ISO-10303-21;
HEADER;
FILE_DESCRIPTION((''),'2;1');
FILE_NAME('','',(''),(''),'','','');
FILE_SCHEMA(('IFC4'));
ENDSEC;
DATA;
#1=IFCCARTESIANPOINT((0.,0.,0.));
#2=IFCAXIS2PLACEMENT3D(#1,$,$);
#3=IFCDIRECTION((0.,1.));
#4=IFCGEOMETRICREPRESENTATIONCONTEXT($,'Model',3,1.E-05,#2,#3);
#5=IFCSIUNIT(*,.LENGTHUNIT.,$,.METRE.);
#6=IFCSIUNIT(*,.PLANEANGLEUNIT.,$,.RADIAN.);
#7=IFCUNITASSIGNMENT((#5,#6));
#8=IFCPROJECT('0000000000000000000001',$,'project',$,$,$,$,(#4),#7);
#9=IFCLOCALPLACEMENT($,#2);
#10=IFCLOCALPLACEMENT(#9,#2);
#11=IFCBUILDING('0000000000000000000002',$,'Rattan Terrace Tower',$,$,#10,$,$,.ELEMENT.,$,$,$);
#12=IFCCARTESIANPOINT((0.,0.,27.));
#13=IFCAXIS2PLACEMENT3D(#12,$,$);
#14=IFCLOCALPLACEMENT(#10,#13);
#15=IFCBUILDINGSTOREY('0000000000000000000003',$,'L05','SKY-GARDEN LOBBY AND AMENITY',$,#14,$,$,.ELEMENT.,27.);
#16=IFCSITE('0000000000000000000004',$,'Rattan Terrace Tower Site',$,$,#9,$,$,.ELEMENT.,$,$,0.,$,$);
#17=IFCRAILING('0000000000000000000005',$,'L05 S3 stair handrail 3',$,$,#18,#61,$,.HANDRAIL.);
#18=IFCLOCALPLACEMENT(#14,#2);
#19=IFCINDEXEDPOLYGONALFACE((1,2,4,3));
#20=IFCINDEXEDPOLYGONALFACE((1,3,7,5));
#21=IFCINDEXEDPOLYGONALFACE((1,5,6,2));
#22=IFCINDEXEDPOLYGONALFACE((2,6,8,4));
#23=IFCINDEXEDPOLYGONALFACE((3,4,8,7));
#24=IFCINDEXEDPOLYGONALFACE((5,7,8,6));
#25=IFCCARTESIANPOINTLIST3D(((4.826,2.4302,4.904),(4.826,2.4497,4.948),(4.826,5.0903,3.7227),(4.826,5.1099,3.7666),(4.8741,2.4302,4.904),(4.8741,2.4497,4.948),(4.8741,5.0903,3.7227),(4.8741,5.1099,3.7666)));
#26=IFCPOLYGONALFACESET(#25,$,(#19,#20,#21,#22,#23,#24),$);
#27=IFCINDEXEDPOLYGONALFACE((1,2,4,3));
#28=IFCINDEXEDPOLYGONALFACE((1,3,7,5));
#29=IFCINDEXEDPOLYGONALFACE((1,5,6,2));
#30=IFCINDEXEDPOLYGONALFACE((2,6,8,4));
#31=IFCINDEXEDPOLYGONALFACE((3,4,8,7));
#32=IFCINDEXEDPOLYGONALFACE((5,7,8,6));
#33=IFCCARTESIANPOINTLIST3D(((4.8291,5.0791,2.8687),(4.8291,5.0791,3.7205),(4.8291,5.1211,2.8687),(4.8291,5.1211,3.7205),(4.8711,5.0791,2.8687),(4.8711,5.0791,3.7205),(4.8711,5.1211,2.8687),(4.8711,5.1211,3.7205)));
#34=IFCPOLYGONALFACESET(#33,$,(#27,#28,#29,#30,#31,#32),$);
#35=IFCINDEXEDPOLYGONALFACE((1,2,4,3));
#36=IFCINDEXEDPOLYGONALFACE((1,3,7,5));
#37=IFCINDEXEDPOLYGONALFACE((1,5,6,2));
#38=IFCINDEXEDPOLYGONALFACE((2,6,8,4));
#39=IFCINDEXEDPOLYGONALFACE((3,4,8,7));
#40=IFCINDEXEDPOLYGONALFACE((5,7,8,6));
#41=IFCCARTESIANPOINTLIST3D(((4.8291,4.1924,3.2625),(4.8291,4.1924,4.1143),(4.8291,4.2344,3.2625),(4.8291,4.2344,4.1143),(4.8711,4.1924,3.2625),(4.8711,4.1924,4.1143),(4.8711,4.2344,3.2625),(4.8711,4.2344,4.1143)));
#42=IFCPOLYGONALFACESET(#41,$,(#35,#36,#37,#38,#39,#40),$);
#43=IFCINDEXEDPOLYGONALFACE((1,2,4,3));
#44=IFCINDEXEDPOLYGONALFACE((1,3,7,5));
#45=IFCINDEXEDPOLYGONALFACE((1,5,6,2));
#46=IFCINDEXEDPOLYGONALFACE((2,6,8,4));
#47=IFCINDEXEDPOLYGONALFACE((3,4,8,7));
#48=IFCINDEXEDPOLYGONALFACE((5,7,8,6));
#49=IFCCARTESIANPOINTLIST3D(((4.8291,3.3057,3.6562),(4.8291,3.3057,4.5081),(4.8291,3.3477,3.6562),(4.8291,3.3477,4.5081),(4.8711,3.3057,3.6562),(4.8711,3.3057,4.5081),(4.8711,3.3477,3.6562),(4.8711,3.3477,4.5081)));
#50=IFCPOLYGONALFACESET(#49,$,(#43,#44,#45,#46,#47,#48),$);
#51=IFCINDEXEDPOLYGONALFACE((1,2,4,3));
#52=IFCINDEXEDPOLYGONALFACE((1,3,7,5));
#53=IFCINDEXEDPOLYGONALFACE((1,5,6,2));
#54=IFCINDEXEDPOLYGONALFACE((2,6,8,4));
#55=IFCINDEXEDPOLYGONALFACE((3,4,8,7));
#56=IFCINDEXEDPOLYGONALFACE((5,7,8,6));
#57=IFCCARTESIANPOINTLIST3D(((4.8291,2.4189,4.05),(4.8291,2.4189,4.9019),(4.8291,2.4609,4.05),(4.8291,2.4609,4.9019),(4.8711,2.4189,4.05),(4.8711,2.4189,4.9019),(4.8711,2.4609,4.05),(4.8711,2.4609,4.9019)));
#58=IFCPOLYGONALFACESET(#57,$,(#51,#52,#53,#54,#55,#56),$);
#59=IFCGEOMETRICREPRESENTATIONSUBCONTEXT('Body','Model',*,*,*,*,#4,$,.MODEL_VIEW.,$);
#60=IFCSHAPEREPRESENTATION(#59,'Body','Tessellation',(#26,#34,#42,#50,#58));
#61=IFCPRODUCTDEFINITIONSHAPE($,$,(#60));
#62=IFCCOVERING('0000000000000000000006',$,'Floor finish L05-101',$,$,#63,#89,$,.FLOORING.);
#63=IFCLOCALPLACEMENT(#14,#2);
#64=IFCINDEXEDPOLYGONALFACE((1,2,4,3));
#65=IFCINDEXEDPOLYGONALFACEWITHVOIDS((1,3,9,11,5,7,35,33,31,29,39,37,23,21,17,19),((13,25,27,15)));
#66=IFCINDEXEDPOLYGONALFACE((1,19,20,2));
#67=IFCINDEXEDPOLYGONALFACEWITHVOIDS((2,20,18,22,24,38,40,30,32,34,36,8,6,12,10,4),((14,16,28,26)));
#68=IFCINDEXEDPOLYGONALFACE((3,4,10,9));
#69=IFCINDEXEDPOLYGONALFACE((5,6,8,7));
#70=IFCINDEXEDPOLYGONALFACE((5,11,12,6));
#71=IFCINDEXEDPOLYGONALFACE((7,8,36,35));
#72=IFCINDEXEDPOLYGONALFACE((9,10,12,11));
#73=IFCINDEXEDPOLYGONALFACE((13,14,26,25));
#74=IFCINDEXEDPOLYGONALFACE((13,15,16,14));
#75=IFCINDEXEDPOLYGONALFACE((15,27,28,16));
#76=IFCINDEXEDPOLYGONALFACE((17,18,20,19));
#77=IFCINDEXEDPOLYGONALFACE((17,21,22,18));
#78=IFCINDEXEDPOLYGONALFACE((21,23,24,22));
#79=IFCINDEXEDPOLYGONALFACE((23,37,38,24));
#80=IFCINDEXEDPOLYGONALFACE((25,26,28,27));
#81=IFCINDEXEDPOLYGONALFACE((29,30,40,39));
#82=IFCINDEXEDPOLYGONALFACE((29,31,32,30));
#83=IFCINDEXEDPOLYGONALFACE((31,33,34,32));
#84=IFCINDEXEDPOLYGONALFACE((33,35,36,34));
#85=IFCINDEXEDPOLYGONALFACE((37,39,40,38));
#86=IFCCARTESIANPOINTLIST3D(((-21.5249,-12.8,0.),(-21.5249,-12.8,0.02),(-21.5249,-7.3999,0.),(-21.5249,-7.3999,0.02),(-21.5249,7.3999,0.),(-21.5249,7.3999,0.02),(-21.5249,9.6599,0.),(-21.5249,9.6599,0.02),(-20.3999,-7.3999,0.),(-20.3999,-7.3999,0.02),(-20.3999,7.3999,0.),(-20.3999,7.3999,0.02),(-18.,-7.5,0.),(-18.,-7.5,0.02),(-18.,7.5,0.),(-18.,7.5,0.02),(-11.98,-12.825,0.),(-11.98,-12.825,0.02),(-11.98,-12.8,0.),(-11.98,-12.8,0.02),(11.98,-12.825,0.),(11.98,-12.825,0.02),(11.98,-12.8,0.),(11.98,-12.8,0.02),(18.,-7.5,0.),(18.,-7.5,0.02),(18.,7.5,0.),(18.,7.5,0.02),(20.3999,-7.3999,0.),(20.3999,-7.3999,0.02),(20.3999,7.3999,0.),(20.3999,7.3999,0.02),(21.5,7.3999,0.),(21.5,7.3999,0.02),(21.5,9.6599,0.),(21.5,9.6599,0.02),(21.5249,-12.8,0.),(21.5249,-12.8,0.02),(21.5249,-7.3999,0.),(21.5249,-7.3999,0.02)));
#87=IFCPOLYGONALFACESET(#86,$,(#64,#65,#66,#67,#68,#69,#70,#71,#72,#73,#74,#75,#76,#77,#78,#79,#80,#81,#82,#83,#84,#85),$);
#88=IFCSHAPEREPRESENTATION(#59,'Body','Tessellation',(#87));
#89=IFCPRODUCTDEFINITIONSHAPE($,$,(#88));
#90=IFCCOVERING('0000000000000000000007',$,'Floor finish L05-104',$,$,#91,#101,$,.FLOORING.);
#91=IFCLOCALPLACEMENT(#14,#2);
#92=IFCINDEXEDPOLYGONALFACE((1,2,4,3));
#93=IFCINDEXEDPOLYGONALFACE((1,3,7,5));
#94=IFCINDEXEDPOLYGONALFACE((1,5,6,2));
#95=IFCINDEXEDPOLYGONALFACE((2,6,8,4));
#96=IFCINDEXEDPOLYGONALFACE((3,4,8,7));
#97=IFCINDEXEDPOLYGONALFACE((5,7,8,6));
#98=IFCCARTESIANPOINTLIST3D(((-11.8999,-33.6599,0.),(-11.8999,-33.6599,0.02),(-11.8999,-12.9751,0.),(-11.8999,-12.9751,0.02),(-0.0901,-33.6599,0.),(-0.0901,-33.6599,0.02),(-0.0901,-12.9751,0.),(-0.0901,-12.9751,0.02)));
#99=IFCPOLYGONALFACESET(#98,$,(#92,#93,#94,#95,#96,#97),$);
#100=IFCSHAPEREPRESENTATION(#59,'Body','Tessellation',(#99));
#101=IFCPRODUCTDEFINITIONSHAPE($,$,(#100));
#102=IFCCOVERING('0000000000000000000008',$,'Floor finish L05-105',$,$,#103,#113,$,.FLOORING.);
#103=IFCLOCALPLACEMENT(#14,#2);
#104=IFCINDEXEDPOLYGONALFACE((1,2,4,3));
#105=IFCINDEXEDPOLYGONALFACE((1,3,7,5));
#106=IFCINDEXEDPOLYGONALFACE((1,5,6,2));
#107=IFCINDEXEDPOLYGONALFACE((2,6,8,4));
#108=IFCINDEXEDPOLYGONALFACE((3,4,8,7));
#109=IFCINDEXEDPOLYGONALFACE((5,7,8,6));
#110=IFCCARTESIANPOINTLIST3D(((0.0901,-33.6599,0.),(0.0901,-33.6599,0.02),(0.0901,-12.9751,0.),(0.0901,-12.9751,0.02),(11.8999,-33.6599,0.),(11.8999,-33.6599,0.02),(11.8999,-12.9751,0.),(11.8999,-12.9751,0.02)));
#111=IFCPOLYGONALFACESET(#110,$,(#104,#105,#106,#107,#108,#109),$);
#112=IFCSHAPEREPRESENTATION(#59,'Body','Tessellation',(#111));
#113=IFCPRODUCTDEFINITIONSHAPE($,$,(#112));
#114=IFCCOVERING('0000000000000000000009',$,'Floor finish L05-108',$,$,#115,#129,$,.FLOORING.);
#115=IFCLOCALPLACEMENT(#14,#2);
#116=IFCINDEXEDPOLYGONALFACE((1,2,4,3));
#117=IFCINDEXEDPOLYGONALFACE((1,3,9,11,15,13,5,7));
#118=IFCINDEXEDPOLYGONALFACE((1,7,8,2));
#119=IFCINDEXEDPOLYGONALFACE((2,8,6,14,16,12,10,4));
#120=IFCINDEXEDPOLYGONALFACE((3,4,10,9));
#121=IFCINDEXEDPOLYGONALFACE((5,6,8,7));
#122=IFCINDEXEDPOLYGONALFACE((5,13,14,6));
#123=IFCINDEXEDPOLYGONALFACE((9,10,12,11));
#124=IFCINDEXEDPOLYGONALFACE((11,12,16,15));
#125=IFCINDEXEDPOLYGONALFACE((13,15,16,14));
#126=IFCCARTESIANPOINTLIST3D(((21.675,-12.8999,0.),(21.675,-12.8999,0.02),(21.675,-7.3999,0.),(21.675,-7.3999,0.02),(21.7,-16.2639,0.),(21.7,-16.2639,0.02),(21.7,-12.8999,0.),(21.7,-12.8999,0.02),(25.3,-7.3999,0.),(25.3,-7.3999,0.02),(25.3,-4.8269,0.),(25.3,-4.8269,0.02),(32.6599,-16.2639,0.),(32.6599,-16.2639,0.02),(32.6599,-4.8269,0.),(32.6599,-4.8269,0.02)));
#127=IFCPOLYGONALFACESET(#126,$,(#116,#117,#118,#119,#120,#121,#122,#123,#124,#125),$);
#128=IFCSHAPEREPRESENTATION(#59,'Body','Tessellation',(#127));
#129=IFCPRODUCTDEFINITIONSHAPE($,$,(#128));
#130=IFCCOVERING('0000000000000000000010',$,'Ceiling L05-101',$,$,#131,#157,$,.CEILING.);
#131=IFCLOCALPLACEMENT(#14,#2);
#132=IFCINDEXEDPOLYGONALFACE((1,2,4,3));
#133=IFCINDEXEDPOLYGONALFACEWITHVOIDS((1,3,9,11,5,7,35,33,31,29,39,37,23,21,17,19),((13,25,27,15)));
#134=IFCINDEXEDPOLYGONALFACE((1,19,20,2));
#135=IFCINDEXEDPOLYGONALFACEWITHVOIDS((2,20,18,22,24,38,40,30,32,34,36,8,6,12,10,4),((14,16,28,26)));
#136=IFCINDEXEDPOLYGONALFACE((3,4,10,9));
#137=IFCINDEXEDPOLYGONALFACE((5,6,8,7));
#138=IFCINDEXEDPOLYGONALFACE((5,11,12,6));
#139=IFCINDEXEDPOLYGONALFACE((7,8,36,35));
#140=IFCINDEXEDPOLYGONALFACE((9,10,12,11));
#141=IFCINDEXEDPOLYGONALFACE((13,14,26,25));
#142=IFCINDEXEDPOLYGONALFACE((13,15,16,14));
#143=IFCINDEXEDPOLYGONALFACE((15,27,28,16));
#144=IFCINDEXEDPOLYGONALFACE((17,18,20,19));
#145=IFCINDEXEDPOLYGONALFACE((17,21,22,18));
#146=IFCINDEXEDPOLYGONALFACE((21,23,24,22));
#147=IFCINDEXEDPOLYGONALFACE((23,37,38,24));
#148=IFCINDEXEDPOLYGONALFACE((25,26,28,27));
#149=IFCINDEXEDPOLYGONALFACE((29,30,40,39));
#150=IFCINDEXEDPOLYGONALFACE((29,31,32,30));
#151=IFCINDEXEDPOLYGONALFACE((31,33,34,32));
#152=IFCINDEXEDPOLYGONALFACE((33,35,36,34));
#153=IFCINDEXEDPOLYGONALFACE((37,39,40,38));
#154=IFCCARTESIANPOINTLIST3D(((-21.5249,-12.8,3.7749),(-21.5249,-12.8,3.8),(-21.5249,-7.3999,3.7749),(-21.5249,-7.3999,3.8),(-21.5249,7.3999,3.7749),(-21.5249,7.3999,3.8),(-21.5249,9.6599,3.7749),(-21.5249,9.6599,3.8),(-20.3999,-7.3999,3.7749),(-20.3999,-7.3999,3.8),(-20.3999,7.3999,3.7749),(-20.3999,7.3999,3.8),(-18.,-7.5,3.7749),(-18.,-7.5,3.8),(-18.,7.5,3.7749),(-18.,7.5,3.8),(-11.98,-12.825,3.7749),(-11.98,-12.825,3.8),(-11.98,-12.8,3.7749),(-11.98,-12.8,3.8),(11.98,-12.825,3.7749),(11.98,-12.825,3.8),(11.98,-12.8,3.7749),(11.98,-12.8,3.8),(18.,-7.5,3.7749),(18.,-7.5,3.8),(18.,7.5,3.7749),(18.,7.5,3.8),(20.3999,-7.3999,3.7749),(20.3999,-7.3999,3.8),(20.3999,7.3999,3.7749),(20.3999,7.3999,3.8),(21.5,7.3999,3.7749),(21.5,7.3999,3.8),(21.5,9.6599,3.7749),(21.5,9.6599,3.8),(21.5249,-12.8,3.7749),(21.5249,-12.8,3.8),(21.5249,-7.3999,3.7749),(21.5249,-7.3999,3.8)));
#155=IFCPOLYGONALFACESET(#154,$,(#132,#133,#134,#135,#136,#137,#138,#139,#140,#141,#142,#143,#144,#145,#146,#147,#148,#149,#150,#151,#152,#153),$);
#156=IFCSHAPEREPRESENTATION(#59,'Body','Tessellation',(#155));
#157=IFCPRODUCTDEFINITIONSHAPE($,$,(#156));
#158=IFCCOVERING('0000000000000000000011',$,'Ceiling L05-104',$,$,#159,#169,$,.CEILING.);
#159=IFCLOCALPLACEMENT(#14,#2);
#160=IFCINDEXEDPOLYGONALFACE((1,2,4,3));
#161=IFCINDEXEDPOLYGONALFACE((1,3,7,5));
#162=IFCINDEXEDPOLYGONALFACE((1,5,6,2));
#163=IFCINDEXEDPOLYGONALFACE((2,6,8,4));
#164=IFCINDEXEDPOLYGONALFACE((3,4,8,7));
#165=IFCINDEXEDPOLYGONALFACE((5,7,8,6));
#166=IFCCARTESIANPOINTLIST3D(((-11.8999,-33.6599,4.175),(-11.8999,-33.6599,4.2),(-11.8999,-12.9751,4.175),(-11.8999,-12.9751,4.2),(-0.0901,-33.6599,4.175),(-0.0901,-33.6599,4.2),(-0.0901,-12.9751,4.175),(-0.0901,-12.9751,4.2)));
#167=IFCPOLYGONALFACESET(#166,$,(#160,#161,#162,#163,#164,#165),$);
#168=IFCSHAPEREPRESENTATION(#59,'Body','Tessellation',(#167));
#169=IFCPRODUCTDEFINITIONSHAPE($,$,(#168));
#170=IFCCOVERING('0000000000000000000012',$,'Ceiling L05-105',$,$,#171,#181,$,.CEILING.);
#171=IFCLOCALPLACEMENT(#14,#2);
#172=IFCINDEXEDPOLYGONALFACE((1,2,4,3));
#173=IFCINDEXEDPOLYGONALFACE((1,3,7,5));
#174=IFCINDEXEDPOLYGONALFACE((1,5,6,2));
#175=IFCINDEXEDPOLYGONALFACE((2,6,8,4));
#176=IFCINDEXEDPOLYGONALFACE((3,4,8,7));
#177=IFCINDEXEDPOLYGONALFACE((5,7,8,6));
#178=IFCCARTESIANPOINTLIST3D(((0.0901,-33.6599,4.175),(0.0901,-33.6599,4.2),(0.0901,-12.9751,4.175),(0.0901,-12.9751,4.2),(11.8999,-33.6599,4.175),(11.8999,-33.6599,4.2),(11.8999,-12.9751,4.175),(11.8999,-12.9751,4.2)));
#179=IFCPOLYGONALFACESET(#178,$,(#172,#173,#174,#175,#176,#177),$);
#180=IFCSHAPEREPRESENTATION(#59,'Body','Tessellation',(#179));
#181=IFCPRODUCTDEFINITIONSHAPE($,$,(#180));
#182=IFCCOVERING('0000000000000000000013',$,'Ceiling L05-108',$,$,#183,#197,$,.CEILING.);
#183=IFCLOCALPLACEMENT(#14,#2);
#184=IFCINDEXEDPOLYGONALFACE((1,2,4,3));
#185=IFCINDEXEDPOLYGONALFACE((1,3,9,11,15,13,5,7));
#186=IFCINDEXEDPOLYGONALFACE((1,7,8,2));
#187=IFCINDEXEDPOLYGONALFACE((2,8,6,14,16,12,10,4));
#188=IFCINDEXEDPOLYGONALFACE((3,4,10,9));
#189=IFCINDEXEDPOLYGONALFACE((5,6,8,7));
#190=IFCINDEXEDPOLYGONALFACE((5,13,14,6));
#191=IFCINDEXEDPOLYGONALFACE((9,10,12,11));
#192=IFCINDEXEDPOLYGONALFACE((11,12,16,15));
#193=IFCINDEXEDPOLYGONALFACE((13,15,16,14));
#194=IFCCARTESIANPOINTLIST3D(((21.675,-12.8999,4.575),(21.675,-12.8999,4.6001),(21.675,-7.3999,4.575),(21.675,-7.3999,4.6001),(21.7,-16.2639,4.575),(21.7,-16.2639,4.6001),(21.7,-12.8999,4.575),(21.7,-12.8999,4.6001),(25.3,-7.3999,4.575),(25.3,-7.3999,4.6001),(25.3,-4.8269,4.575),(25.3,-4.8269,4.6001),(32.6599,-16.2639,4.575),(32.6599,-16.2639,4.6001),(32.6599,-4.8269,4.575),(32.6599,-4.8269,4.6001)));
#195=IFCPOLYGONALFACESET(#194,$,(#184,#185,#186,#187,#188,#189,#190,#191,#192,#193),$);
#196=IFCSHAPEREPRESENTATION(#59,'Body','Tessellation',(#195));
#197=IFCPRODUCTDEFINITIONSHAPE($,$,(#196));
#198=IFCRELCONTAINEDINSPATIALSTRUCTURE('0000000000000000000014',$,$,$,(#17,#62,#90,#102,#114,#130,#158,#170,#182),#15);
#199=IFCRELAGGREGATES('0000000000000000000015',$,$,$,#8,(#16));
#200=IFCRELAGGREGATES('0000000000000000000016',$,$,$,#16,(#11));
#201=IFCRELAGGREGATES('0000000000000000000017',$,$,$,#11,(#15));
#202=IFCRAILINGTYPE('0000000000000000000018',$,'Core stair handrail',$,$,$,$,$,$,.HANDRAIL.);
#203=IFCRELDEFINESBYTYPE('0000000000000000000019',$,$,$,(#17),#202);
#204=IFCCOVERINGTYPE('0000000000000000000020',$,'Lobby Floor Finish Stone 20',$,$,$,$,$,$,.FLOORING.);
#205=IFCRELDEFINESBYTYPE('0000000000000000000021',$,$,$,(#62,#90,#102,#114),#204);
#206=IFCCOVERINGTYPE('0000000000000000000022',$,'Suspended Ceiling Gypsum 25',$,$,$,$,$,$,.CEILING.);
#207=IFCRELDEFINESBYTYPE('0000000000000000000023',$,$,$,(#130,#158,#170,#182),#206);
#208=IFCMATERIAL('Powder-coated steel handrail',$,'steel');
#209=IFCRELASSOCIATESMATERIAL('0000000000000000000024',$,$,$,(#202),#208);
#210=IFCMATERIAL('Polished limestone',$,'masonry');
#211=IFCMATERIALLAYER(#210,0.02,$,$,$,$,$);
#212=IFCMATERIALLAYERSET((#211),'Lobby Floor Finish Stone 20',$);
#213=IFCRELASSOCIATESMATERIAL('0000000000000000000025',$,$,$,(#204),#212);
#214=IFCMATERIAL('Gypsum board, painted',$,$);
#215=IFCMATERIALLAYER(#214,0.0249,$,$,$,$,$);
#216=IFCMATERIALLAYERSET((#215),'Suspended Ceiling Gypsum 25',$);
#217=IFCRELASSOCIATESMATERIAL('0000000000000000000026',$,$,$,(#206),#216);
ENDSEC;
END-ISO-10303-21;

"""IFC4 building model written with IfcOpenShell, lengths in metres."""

from ifc_helpers import new_model, si_unit, direction, frame, origin, origin_2d, place, context, subcontext, project, spatial, polyline, rectangle, outline, extrude, material, layer, layer_set, type_object, element, save


model = new_model("IFC4")

# Units and contexts
model_context = context("Model", 3, precision=1e-05, world=origin(), true_north=direction((0.0, 1.0)))
body_context = subcontext(model_context, "Body", "Model", "MODEL_VIEW")
ifc_project = project(units=[si_unit("LENGTHUNIT", "METRE"), si_unit("PLANEANGLEUNIT", "RADIAN")], contexts=[model_context])

# Site, building, storey
site_placement = place(None, origin())
site = spatial("IfcSite", under=ifc_project, at=site_placement, Name="Rattan Terrace Tower Site", CompositionType="ELEMENT", RefElevation=0.0)
building_placement = place(site_placement, origin())
building = spatial("IfcBuilding", under=site, at=building_placement, Name="Rattan Terrace Tower", CompositionType="ELEMENT")
storey_placement = place(building_placement, frame((0.0, 0.0, 27.0)))
storey = spatial("IfcBuildingStorey", under=building, at=storey_placement, Name="L05", Description="SKY-GARDEN LOBBY AND AMENITY", CompositionType="ELEMENT", Elevation=27.0)

# Railing
ifc_material_1 = material(Name="Powder-coated steel handrail", Category="steel")
railing_type_1 = type_object("IfcRailingType", Name="Core stair handrail", PredefinedType="HANDRAIL", material=ifc_material_1)
for number, where, name in (
    (1, (4.8501, 5.1001, 2.8687), "L05 S3 stair handrail 3"),
):
    element("IfcRailing", number, at=place(storey_placement, frame(where)), inside=storey, type_object=railing_type_1, Name=name, PredefinedType="HANDRAIL", context=body_context, shape_type="SweptSolid", body=[
        extrude(rectangle(XDim=0.0481, YDim=0.0481, at=origin_2d()), frame((0.0, 0.0, 0.876), z_axis=(0.0, -0.913926, 0.405882), x_axis=(1.0, 0.0, 0.0)), (0.0, 0.0, 1.0), 2.9106),
        extrude(rectangle(XDim=0.042, YDim=0.042, at=origin_2d()), origin(), (0.0, 0.0, 1.0), 0.8518),
        extrude(rectangle(XDim=0.042, YDim=0.042, at=origin_2d()), frame((0.0, -0.8867, 0.3938)), (0.0, 0.0, 1.0), 0.8518),
        extrude(rectangle(XDim=0.042, YDim=0.042, at=origin_2d()), frame((0.0, -1.7734, 0.7876)), (0.0, 0.0, 1.0), 0.8518),
        extrude(rectangle(XDim=0.042, YDim=0.042, at=origin_2d()), frame((0.0, -2.6602, 1.1814)), (0.0, 0.0, 1.0), 0.8518),
    ])

# Coverings
ifc_material_2 = material(Name="Polished limestone", Category="masonry")
ifc_layer_1 = layer(ifc_material_2, 0.02)
ifc_layer_set_1 = layer_set([ifc_layer_1], Name="Lobby Floor Finish Stone 20")
covering_type_1 = type_object("IfcCoveringType", Name="Lobby Floor Finish Stone 20", PredefinedType="FLOORING", material=ifc_layer_set_1)
covering_1_placement = place(storey_placement, origin())
element("IfcCovering", 2, at=covering_1_placement, inside=storey, type_object=covering_type_1, Name="Floor finish L05-101", PredefinedType="FLOORING", context=body_context, shape_type="SweptSolid", body=[
    extrude(outline(polyline([(-21.5249, 9.6599), (-21.5249, 7.3999), (-20.3999, 7.3999), (-20.3999, -7.3999), (-21.5249, -7.3999), (-21.5249, -12.8), (-11.98, -12.8), (-11.98, -12.825), (11.98, -12.825), (11.98, -12.8), (21.5249, -12.8), (21.5249, -7.3999), (20.3999, -7.3999), (20.3999, 7.3999), (21.5, 7.3999), (21.5, 9.6599), (-21.5249, 9.6599)]), holes=[polyline([(18.0, 7.5), (-18.0, 7.5), (-18.0, -7.5), (18.0, -7.5), (18.0, 7.5)])]), origin(), (0.0, 0.0, 1.0), 0.02),
])
covering_2_placement = place(storey_placement, origin())
element("IfcCovering", 3, at=covering_2_placement, inside=storey, type_object=covering_type_1, Name="Floor finish L05-104", PredefinedType="FLOORING", context=body_context, shape_type="SweptSolid", body=[
    extrude(outline(polyline([(-11.8999, -12.9751), (-11.8999, -33.6599), (-0.0901, -33.6599), (-0.0901, -12.9751), (-11.8999, -12.9751)])), origin(), (0.0, 0.0, 1.0), 0.02),
])
covering_3_placement = place(storey_placement, origin())
element("IfcCovering", 4, at=covering_3_placement, inside=storey, type_object=covering_type_1, Name="Floor finish L05-105", PredefinedType="FLOORING", context=body_context, shape_type="SweptSolid", body=[
    extrude(outline(polyline([(0.0901, -12.9751), (0.0901, -33.6599), (11.8999, -33.6599), (11.8999, -12.9751), (0.0901, -12.9751)])), origin(), (0.0, 0.0, 1.0), 0.02),
])
covering_4_placement = place(storey_placement, origin())
element("IfcCovering", 5, at=covering_4_placement, inside=storey, type_object=covering_type_1, Name="Floor finish L05-108", PredefinedType="FLOORING", context=body_context, shape_type="SweptSolid", body=[
    extrude(outline(polyline([(21.7, -16.2639), (32.6599, -16.2639), (32.6599, -4.8269), (25.3, -4.8269), (25.3, -7.3999), (21.675, -7.3999), (21.675, -12.8999), (21.7, -12.8999), (21.7, -16.2639)])), origin(), (0.0, 0.0, 1.0), 0.02),
])
ifc_material_3 = material(Name="Gypsum board, painted")
ifc_layer_2 = layer(ifc_material_3, 0.0249)
ifc_layer_set_2 = layer_set([ifc_layer_2], Name="Suspended Ceiling Gypsum 25")
covering_type_2 = type_object("IfcCoveringType", Name="Suspended Ceiling Gypsum 25", PredefinedType="CEILING", material=ifc_layer_set_2)
covering_5_placement = place(storey_placement, frame((0.0, 0.0, 3.7749)))
element("IfcCovering", 6, at=covering_5_placement, inside=storey, type_object=covering_type_2, Name="Ceiling L05-101", PredefinedType="CEILING", context=body_context, shape_type="SweptSolid", body=[
    extrude(outline(polyline([(-21.5249, 9.6599), (-21.5249, 7.3999), (-20.3999, 7.3999), (-20.3999, -7.3999), (-21.5249, -7.3999), (-21.5249, -12.8), (-11.98, -12.8), (-11.98, -12.825), (11.98, -12.825), (11.98, -12.8), (21.5249, -12.8), (21.5249, -7.3999), (20.3999, -7.3999), (20.3999, 7.3999), (21.5, 7.3999), (21.5, 9.6599), (-21.5249, 9.6599)]), holes=[polyline([(18.0, 7.5), (-18.0, 7.5), (-18.0, -7.5), (18.0, -7.5), (18.0, 7.5)])]), origin(), (0.0, 0.0, 1.0), 0.0251),
])
covering_6_placement = place(storey_placement, frame((0.0, 0.0, 4.175)))
element("IfcCovering", 7, at=covering_6_placement, inside=storey, type_object=covering_type_2, Name="Ceiling L05-104", PredefinedType="CEILING", context=body_context, shape_type="SweptSolid", body=[
    extrude(outline(polyline([(-11.8999, -12.9751), (-11.8999, -33.6599), (-0.0901, -33.6599), (-0.0901, -12.9751), (-11.8999, -12.9751)])), origin(), (0.0, 0.0, 1.0), 0.0249),
])
covering_7_placement = place(storey_placement, frame((0.0, 0.0, 4.175)))
element("IfcCovering", 8, at=covering_7_placement, inside=storey, type_object=covering_type_2, Name="Ceiling L05-105", PredefinedType="CEILING", context=body_context, shape_type="SweptSolid", body=[
    extrude(outline(polyline([(0.0901, -12.9751), (0.0901, -33.6599), (11.8999, -33.6599), (11.8999, -12.9751), (0.0901, -12.9751)])), origin(), (0.0, 0.0, 1.0), 0.0249),
])
covering_8_placement = place(storey_placement, frame((0.0, 0.0, 4.575)))
element("IfcCovering", 9, at=covering_8_placement, inside=storey, type_object=covering_type_2, Name="Ceiling L05-108", PredefinedType="CEILING", context=body_context, shape_type="SweptSolid", body=[
    extrude(outline(polyline([(21.7, -16.2639), (32.6599, -16.2639), (32.6599, -4.8269), (25.3, -4.8269), (25.3, -7.3999), (21.675, -7.3999), (21.675, -12.8999), (21.7, -12.8999), (21.7, -16.2639)])), origin(), (0.0, 0.0, 1.0), 0.0251),
])

save(model, "model.ifc")
